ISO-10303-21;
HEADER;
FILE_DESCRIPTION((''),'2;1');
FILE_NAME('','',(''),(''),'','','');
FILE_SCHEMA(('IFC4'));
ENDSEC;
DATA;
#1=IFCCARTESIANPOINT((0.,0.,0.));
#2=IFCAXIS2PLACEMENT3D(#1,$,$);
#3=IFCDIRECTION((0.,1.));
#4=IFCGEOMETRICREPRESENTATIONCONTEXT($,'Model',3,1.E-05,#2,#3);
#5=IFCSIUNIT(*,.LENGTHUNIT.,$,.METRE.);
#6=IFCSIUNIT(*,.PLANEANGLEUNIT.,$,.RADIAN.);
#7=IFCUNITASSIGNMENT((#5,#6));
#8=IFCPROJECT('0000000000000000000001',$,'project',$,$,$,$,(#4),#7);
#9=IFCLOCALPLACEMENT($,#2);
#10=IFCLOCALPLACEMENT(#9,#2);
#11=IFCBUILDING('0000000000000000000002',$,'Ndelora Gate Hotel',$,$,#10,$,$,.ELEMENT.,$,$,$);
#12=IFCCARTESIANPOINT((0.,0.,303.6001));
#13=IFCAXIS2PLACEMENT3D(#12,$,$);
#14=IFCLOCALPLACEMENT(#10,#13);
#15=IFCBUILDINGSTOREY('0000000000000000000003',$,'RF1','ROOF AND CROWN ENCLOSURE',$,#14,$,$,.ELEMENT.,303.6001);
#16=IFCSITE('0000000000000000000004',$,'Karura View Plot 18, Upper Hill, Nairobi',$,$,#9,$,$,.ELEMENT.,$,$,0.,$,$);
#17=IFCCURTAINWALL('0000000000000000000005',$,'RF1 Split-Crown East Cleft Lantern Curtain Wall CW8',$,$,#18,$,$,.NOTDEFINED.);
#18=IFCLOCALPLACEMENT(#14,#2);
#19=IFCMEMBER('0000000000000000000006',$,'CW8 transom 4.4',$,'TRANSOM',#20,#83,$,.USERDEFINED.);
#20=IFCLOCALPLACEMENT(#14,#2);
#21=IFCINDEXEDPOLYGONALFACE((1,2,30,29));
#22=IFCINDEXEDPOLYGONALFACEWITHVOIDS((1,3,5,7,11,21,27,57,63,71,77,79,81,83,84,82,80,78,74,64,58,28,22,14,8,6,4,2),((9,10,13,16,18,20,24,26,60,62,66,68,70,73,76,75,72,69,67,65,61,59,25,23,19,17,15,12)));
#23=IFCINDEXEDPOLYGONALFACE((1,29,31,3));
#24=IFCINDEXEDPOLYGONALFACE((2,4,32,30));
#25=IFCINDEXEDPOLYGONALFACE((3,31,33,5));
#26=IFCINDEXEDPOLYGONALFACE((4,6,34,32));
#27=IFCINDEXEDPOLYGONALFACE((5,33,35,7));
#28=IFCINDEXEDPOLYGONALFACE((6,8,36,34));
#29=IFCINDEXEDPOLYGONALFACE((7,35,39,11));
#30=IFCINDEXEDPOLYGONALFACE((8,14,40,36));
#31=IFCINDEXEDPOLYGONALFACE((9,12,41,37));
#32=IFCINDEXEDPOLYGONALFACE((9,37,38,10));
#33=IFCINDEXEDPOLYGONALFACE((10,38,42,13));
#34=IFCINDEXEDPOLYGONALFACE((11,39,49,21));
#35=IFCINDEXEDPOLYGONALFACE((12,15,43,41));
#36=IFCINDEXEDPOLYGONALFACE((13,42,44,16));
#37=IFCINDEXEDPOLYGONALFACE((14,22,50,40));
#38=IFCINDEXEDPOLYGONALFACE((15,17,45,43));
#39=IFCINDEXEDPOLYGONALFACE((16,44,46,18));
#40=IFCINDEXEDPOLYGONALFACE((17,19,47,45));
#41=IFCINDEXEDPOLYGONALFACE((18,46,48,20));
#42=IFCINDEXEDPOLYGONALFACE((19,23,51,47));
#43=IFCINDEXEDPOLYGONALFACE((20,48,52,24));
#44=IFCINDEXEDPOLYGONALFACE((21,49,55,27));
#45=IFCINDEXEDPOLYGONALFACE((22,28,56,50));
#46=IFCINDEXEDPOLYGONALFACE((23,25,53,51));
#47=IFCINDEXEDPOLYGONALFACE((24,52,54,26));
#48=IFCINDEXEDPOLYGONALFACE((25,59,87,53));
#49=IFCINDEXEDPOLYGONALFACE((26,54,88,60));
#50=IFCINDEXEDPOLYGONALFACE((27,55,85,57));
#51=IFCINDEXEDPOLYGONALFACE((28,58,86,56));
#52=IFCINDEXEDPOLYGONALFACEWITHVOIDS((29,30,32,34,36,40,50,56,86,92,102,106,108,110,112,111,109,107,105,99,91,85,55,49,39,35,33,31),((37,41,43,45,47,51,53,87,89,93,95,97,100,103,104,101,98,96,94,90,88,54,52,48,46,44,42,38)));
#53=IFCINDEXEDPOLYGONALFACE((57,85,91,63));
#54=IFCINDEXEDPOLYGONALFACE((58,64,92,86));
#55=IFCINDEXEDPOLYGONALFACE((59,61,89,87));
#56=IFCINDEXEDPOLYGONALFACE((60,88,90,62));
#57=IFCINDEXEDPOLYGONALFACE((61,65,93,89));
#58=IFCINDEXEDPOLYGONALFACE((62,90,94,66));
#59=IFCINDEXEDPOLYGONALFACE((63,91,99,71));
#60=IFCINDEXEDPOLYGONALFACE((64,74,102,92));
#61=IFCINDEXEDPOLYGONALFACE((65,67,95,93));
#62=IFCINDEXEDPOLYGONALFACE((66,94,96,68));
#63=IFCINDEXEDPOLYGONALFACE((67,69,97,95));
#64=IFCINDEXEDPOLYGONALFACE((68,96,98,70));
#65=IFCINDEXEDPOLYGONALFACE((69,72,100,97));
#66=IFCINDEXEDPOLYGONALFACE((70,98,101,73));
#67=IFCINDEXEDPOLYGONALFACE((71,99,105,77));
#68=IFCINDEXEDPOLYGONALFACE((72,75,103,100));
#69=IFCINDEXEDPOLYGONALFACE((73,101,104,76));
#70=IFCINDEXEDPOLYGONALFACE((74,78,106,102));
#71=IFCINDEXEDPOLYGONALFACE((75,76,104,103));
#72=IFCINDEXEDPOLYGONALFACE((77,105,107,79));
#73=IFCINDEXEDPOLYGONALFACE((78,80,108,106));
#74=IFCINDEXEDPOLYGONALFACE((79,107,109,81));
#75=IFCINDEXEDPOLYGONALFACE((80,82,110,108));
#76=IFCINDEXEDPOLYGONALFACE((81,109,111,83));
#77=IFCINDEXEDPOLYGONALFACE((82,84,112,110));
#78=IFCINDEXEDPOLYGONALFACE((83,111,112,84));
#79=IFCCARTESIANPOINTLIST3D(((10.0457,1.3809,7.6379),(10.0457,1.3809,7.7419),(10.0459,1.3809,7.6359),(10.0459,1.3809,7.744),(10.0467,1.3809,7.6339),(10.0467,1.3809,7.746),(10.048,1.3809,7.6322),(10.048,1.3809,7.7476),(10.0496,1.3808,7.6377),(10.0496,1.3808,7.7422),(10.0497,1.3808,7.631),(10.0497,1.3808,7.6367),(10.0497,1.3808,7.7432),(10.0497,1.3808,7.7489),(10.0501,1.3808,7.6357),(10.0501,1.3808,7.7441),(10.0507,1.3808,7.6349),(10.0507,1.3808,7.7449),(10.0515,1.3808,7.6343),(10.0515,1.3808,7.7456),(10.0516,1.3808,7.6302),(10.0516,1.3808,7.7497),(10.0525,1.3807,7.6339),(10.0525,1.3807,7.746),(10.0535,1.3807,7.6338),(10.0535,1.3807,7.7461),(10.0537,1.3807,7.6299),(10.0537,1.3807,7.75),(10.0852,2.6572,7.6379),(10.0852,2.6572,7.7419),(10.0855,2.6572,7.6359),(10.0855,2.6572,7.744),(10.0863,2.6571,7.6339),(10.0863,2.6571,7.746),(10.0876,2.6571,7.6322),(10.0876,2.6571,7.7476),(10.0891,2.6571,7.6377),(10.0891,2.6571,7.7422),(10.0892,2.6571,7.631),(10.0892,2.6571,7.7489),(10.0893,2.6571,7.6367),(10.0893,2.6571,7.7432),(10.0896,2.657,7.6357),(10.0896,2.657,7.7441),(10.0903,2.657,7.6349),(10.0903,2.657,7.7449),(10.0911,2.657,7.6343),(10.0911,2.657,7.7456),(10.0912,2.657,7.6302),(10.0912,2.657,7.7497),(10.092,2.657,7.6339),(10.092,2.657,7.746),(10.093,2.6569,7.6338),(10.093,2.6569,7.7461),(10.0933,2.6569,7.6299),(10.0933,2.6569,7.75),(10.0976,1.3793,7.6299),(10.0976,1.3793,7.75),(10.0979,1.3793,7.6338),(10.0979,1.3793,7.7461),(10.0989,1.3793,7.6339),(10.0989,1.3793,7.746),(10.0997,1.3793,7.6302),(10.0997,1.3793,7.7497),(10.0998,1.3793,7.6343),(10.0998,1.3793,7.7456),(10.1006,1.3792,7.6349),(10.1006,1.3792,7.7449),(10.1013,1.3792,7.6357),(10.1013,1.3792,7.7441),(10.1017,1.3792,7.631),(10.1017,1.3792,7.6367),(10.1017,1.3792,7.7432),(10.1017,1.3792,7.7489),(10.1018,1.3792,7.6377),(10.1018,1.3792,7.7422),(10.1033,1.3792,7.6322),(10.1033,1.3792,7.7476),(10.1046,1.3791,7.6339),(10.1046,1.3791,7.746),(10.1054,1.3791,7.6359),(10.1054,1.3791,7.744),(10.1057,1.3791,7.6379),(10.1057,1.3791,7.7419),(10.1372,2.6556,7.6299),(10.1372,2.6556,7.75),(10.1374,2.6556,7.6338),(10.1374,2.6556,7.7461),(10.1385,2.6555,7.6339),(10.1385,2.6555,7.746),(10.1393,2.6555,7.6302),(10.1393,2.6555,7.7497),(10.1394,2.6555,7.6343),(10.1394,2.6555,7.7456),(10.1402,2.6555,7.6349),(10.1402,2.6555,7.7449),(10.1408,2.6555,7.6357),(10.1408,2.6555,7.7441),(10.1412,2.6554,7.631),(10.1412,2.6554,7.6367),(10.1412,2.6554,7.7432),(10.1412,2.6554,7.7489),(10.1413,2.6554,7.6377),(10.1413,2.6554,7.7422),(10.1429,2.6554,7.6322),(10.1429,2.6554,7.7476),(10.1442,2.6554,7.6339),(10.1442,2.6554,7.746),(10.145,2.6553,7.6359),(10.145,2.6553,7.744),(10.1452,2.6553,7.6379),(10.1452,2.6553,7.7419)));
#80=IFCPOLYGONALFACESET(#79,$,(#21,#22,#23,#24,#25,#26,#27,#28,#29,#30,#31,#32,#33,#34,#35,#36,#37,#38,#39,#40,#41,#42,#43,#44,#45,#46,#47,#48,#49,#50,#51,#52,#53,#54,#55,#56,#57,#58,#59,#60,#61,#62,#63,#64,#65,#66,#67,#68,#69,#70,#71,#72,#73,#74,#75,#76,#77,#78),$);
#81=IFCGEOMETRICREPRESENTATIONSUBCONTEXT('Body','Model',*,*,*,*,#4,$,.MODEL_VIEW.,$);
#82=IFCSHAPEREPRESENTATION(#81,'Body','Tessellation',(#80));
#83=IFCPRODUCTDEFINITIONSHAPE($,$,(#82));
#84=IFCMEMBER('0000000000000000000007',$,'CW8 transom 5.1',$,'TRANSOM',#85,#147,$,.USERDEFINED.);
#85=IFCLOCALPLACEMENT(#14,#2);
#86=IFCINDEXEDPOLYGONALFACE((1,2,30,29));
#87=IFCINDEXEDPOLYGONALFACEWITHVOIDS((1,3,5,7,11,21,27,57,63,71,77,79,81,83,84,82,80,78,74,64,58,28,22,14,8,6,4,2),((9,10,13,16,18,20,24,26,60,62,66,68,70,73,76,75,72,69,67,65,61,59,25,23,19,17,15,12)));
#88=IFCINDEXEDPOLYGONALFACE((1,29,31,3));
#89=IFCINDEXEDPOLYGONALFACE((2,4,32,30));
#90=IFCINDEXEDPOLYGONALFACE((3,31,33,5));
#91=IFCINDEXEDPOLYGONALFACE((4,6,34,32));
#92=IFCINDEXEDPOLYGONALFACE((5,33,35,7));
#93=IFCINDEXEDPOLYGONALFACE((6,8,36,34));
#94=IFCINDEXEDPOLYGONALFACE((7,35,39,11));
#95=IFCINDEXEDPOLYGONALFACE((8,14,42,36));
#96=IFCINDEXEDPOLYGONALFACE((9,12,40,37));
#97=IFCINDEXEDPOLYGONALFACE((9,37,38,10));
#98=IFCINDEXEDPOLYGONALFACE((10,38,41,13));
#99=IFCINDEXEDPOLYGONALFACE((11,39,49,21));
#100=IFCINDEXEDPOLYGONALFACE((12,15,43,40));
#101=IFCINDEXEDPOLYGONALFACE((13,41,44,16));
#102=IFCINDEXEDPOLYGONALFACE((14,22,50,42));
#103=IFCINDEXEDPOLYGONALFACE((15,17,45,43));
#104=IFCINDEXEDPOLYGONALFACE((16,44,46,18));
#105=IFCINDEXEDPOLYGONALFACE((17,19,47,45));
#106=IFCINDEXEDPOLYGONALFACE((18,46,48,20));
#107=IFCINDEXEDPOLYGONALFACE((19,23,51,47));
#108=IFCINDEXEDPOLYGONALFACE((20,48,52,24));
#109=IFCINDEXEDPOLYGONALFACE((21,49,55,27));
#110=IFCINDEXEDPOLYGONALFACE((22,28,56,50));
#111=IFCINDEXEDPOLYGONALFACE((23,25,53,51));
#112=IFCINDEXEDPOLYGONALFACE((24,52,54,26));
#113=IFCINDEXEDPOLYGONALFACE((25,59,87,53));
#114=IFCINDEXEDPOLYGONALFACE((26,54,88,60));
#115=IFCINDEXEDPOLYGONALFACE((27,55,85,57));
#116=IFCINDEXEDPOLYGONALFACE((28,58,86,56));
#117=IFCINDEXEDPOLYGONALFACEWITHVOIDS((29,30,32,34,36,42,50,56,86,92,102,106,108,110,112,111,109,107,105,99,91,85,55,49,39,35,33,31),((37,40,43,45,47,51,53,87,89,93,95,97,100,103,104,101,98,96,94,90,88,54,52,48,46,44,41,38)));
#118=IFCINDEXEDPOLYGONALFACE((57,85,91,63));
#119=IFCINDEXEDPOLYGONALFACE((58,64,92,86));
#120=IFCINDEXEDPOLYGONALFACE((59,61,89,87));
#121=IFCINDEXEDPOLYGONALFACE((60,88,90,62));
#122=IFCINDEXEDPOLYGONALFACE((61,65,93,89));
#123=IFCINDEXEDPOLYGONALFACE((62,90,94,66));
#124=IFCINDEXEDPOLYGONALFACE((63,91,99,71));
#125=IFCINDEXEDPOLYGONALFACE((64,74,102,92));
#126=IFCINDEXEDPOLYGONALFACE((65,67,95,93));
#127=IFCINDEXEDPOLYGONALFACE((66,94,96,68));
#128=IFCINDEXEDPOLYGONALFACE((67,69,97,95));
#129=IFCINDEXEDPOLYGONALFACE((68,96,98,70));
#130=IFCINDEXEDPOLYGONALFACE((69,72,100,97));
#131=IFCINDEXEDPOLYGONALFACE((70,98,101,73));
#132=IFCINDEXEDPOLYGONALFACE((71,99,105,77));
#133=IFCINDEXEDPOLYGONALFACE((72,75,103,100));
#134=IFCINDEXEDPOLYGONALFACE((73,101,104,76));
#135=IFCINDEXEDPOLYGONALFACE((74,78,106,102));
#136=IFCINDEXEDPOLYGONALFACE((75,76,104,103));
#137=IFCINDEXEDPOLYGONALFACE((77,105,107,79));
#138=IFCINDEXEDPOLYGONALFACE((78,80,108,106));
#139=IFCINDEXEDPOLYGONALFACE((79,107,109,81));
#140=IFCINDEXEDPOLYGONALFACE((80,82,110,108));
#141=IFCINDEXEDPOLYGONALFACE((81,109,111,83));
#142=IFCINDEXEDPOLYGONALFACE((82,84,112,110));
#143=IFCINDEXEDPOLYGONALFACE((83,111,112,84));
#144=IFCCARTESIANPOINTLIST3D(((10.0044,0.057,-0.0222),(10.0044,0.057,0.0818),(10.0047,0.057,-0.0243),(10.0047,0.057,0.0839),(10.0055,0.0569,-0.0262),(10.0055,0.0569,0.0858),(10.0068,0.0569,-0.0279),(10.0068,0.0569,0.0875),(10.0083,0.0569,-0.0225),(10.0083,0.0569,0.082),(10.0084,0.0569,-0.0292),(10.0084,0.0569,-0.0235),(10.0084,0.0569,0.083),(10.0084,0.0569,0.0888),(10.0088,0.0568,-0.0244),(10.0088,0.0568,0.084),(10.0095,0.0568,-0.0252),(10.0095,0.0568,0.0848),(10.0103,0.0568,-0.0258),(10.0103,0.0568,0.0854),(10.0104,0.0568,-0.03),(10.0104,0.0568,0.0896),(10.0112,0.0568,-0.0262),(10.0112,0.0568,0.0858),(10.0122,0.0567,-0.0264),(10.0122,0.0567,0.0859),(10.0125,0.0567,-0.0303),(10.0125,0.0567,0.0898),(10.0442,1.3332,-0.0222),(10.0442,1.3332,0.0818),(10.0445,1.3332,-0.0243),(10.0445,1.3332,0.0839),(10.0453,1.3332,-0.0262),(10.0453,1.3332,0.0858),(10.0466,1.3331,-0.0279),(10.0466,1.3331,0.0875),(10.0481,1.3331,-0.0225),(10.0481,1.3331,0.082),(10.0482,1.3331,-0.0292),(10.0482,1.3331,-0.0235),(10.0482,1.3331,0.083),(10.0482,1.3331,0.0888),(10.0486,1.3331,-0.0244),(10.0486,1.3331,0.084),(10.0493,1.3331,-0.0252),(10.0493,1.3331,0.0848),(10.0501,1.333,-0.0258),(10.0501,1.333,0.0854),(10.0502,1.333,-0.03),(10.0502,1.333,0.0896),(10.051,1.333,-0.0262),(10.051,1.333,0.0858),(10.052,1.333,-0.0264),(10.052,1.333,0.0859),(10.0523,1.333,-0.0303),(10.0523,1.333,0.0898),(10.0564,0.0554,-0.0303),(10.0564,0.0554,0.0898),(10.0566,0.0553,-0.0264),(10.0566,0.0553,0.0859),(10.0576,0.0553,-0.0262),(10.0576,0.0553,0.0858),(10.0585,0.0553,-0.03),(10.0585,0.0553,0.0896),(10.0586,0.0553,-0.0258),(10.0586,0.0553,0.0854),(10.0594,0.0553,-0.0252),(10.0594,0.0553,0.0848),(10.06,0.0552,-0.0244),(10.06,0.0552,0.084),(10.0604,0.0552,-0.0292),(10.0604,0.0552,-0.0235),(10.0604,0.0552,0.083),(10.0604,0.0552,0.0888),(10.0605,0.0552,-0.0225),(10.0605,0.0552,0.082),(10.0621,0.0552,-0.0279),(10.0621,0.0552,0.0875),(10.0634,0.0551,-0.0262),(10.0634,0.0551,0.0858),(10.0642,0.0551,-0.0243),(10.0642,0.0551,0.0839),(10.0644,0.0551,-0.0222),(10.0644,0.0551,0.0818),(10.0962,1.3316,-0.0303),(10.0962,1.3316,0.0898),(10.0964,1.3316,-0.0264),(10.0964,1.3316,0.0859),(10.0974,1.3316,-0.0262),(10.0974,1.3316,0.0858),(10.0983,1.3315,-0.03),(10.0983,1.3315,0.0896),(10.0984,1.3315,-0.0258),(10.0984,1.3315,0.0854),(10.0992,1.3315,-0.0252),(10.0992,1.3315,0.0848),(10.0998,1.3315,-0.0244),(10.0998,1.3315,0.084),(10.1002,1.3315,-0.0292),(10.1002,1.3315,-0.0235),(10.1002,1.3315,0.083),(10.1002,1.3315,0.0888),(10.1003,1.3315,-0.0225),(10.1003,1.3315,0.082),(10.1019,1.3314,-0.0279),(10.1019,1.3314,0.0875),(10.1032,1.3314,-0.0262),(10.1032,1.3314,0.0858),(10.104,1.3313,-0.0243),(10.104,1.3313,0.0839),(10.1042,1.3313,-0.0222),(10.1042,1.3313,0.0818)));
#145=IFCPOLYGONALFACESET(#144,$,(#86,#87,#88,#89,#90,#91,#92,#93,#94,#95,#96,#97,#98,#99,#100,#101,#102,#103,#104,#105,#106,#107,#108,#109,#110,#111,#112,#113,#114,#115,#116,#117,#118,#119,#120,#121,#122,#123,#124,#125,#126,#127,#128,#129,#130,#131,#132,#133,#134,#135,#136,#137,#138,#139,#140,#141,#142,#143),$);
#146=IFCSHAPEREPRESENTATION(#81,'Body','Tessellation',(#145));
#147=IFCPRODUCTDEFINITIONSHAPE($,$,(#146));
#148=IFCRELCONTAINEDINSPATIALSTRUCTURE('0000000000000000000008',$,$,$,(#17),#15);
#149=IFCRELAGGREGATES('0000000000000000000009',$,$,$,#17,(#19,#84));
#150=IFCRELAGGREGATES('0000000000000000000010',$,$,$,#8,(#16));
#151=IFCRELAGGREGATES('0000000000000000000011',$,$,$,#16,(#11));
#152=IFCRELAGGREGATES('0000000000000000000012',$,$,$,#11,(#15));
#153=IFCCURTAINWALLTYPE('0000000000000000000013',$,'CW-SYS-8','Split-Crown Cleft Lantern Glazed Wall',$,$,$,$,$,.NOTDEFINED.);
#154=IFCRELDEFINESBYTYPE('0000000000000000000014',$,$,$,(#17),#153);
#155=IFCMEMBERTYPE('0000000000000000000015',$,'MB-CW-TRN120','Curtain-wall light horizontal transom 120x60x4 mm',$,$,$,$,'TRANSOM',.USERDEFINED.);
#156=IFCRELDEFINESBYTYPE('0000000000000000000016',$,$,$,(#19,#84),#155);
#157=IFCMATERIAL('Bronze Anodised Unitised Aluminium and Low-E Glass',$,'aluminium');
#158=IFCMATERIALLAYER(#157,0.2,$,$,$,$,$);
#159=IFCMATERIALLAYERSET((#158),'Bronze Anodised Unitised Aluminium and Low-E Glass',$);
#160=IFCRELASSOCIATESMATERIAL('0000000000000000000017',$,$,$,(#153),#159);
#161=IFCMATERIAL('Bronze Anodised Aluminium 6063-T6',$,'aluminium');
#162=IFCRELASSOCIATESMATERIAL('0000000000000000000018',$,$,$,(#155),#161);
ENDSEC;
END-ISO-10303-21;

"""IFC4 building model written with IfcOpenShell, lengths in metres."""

from ifc_helpers import new_model, si_unit, direction, frame, origin, origin_2d, place, context, subcontext, project, spatial, hollow_rectangle, extrude, material, layer, layer_set, material_profile, profile_set, type_object, element, aggregate, save


model = new_model("IFC4")

# Units and contexts
model_context = context("Model", 3, precision=1e-05, world=origin(), true_north=direction((0.0, 1.0)))
body_context = subcontext(model_context, "Body", "Model", "MODEL_VIEW")
ifc_project = project(units=[si_unit("LENGTHUNIT", "METRE"), si_unit("PLANEANGLEUNIT", "RADIAN")], contexts=[model_context])

# Site, building, storey
site_placement = place(None, origin())
site = spatial("IfcSite", under=ifc_project, at=site_placement, Name="Karura View Plot 18, Upper Hill, Nairobi", CompositionType="ELEMENT", RefElevation=0.0)
building_placement = place(site_placement, origin())
building = spatial("IfcBuilding", under=site, at=building_placement, Name="Ndelora Gate Hotel", CompositionType="ELEMENT")
storey_placement = place(building_placement, frame((0.0, 0.0, 303.6001)))
storey = spatial("IfcBuildingStorey", under=building, at=storey_placement, Name="RF1", Description="ROOF AND CROWN ENCLOSURE", CompositionType="ELEMENT", Elevation=303.6001)

# Shared definitions
ifc_material_1 = material(Name="Bronze Anodised Unitised Aluminium and Low-E Glass", Category="aluminium")
ifc_layer_1 = layer(ifc_material_1, 0.2)
ifc_layer_set_1 = layer_set([ifc_layer_1], Name="Bronze Anodised Unitised Aluminium and Low-E Glass")
curtain_wall_type = type_object("IfcCurtainWallType", Name="CW-SYS-8", Description="Split-Crown Cleft Lantern Glazed Wall", PredefinedType="NOTDEFINED", material=ifc_layer_set_1)
ifc_material_2 = material(Name="Bronze Anodised Aluminium 6063-T6", Category="aluminium")

# Curtain wall
curtain_wall_1_placement = place(storey_placement, origin())
curtain_wall_1 = element("IfcCurtainWall", 1, at=curtain_wall_1_placement, inside=storey, type_object=curtain_wall_type, Name="RF1 Split-Crown East Cleft Lantern Curtain Wall CW8", PredefinedType="NOTDEFINED")

# Members
ifc_material_profile_1 = material_profile(ifc_material_2, hollow_rectangle(XDim=0.0601, YDim=0.1201, WallThickness=0.0039, InnerFilletRadius=0.0039, OuterFilletRadius=0.0081, at=origin_2d()), Name="ALU 120x60x4")
ifc_profile_set_1 = profile_set([ifc_material_profile_1], Name="Bronze Anodised Aluminium 6063-T6")
member_type_1 = type_object("IfcMemberType", Name="MB-CW-TRN120", Description="Curtain-wall light horizontal transom 120x60x4 mm", ElementType="TRANSOM", PredefinedType="USERDEFINED", material=ifc_profile_set_1)
member_1_placement = place(storey_placement, frame((10.1152, 2.6562, 7.6899), z_axis=(-0.030978, -0.99952, 0.0), x_axis=(0.99952, -0.030978, 0.0)))
member_1 = element("IfcMember", 2, at=member_1_placement, type_object=member_type_1, Name="CW8 transom 4.4", ObjectType="TRANSOM", PredefinedType="USERDEFINED", context=body_context, shape_type="SweptSolid", body=[
    extrude(hollow_rectangle(XDim=0.0601, YDim=0.1201, WallThickness=0.0039, InnerFilletRadius=0.0039, OuterFilletRadius=0.0081, at=origin_2d()), origin(), (0.0, 0.0, 1.0), 1.2769),
])
member_2_placement = place(storey_placement, frame((10.0742, 1.3323, 0.0298), z_axis=(-0.031169, -0.999514, 0.0), x_axis=(0.999514, -0.031169, 0.0)))
member_2 = element("IfcMember", 3, at=member_2_placement, type_object=member_type_1, Name="CW8 transom 5.1", ObjectType="TRANSOM", PredefinedType="USERDEFINED", context=body_context, shape_type="SweptSolid", body=[
    extrude(hollow_rectangle(XDim=0.0601, YDim=0.1201, WallThickness=0.0039, InnerFilletRadius=0.0039, OuterFilletRadius=0.0081, at=origin_2d()), origin(), (0.0, 0.0, 1.0), 1.2769),
])

aggregate(curtain_wall_1, [member_1, member_2])

save(model, "model.ifc")
